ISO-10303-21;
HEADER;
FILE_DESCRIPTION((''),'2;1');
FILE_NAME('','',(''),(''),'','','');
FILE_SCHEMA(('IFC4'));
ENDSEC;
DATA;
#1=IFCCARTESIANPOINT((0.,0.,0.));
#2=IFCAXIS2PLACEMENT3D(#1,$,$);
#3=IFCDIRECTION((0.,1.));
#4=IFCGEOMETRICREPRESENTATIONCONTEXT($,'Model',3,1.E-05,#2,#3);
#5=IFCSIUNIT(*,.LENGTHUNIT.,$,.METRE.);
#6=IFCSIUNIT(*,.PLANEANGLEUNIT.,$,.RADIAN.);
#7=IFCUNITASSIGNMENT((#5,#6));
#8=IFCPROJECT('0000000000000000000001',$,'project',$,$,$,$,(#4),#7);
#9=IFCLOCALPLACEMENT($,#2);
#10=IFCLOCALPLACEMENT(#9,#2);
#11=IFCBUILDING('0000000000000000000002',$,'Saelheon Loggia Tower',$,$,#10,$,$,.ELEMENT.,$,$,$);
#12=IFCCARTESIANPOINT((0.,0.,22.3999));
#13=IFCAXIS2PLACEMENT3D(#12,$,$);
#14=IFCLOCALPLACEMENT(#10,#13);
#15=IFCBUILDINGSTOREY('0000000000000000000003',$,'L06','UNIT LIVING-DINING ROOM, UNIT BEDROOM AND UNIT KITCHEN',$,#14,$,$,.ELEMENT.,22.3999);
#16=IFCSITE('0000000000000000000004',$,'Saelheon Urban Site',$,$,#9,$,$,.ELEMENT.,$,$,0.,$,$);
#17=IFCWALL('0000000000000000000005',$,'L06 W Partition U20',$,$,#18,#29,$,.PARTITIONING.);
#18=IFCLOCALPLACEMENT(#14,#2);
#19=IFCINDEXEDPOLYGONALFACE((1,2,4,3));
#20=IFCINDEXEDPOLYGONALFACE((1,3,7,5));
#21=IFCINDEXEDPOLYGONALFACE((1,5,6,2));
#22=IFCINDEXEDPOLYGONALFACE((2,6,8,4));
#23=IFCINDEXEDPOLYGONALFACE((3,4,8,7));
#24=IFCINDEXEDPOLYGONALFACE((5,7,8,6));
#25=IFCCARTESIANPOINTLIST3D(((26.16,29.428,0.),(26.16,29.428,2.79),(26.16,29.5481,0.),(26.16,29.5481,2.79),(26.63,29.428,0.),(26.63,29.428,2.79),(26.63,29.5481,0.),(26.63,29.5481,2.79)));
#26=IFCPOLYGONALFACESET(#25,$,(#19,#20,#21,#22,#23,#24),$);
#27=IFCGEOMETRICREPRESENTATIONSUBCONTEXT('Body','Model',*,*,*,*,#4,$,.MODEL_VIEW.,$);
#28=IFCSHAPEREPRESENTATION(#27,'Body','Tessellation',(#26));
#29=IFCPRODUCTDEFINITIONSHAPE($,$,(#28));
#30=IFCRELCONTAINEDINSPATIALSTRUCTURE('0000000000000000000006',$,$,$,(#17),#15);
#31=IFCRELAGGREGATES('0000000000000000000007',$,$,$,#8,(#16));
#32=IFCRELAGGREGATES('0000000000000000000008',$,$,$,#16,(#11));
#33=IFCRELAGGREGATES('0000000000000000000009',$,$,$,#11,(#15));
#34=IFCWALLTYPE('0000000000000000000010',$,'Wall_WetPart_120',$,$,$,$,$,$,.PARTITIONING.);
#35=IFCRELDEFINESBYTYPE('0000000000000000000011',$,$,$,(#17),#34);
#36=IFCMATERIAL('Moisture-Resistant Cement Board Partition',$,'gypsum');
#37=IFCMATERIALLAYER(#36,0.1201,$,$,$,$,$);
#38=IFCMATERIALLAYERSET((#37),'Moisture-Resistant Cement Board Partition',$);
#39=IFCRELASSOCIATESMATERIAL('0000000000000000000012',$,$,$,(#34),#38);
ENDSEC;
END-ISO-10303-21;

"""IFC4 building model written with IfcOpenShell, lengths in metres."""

from ifc_helpers import new_model, si_unit, direction, frame, frame_2d, origin, place, context, subcontext, project, spatial, rectangle, extrude, material, layer, layer_set, type_object, element, save


model = new_model("IFC4")

# Units and contexts
model_context = context("Model", 3, precision=1e-05, world=origin(), true_north=direction((0.0, 1.0)))
body_context = subcontext(model_context, "Body", "Model", "MODEL_VIEW")
ifc_project = project(units=[si_unit("LENGTHUNIT", "METRE"), si_unit("PLANEANGLEUNIT", "RADIAN")], contexts=[model_context])

# Site, building, storey
site_placement = place(None, origin())
site = spatial("IfcSite", under=ifc_project, at=site_placement, Name="Saelheon Urban Site", CompositionType="ELEMENT", RefElevation=0.0)
building_placement = place(site_placement, origin())
building = spatial("IfcBuilding", under=site, at=building_placement, Name="Saelheon Loggia Tower", CompositionType="ELEMENT")
storey_placement = place(building_placement, frame((0.0, 0.0, 22.3999)))
storey = spatial("IfcBuildingStorey", under=building, at=storey_placement, Name="L06", Description="UNIT LIVING-DINING ROOM, UNIT BEDROOM AND UNIT KITCHEN", CompositionType="ELEMENT", Elevation=22.3999)

# Shared definitions
ifc_material_1 = material(Name="Moisture-Resistant Cement Board Partition", Category="gypsum")
ifc_layer_1 = layer(ifc_material_1, 0.1201)
ifc_layer_set_1 = layer_set([ifc_layer_1], Name="Moisture-Resistant Cement Board Partition")
wall_type_1 = type_object("IfcWallType", Name="Wall_WetPart_120", PredefinedType="PARTITIONING", material=ifc_layer_set_1)

# Wall
wall_1_placement = place(storey_placement, frame((26.6299, 29.488, 0.0), z_axis=(0.0, 0.0, 1.0), x_axis=(-1.0, 0.0, 0.0)))
element("IfcWall", 1, at=wall_1_placement, inside=storey, type_object=wall_type_1, Name="L06 W Partition U20", PredefinedType="PARTITIONING", context=body_context, shape_type="SweptSolid", body=[
    extrude(rectangle(XDim=0.47, YDim=0.1201, at=frame_2d((0.2349, 0.0))), origin(), (0.0, 0.0, 1.0), 2.79),
])

save(model, "model.ifc")
